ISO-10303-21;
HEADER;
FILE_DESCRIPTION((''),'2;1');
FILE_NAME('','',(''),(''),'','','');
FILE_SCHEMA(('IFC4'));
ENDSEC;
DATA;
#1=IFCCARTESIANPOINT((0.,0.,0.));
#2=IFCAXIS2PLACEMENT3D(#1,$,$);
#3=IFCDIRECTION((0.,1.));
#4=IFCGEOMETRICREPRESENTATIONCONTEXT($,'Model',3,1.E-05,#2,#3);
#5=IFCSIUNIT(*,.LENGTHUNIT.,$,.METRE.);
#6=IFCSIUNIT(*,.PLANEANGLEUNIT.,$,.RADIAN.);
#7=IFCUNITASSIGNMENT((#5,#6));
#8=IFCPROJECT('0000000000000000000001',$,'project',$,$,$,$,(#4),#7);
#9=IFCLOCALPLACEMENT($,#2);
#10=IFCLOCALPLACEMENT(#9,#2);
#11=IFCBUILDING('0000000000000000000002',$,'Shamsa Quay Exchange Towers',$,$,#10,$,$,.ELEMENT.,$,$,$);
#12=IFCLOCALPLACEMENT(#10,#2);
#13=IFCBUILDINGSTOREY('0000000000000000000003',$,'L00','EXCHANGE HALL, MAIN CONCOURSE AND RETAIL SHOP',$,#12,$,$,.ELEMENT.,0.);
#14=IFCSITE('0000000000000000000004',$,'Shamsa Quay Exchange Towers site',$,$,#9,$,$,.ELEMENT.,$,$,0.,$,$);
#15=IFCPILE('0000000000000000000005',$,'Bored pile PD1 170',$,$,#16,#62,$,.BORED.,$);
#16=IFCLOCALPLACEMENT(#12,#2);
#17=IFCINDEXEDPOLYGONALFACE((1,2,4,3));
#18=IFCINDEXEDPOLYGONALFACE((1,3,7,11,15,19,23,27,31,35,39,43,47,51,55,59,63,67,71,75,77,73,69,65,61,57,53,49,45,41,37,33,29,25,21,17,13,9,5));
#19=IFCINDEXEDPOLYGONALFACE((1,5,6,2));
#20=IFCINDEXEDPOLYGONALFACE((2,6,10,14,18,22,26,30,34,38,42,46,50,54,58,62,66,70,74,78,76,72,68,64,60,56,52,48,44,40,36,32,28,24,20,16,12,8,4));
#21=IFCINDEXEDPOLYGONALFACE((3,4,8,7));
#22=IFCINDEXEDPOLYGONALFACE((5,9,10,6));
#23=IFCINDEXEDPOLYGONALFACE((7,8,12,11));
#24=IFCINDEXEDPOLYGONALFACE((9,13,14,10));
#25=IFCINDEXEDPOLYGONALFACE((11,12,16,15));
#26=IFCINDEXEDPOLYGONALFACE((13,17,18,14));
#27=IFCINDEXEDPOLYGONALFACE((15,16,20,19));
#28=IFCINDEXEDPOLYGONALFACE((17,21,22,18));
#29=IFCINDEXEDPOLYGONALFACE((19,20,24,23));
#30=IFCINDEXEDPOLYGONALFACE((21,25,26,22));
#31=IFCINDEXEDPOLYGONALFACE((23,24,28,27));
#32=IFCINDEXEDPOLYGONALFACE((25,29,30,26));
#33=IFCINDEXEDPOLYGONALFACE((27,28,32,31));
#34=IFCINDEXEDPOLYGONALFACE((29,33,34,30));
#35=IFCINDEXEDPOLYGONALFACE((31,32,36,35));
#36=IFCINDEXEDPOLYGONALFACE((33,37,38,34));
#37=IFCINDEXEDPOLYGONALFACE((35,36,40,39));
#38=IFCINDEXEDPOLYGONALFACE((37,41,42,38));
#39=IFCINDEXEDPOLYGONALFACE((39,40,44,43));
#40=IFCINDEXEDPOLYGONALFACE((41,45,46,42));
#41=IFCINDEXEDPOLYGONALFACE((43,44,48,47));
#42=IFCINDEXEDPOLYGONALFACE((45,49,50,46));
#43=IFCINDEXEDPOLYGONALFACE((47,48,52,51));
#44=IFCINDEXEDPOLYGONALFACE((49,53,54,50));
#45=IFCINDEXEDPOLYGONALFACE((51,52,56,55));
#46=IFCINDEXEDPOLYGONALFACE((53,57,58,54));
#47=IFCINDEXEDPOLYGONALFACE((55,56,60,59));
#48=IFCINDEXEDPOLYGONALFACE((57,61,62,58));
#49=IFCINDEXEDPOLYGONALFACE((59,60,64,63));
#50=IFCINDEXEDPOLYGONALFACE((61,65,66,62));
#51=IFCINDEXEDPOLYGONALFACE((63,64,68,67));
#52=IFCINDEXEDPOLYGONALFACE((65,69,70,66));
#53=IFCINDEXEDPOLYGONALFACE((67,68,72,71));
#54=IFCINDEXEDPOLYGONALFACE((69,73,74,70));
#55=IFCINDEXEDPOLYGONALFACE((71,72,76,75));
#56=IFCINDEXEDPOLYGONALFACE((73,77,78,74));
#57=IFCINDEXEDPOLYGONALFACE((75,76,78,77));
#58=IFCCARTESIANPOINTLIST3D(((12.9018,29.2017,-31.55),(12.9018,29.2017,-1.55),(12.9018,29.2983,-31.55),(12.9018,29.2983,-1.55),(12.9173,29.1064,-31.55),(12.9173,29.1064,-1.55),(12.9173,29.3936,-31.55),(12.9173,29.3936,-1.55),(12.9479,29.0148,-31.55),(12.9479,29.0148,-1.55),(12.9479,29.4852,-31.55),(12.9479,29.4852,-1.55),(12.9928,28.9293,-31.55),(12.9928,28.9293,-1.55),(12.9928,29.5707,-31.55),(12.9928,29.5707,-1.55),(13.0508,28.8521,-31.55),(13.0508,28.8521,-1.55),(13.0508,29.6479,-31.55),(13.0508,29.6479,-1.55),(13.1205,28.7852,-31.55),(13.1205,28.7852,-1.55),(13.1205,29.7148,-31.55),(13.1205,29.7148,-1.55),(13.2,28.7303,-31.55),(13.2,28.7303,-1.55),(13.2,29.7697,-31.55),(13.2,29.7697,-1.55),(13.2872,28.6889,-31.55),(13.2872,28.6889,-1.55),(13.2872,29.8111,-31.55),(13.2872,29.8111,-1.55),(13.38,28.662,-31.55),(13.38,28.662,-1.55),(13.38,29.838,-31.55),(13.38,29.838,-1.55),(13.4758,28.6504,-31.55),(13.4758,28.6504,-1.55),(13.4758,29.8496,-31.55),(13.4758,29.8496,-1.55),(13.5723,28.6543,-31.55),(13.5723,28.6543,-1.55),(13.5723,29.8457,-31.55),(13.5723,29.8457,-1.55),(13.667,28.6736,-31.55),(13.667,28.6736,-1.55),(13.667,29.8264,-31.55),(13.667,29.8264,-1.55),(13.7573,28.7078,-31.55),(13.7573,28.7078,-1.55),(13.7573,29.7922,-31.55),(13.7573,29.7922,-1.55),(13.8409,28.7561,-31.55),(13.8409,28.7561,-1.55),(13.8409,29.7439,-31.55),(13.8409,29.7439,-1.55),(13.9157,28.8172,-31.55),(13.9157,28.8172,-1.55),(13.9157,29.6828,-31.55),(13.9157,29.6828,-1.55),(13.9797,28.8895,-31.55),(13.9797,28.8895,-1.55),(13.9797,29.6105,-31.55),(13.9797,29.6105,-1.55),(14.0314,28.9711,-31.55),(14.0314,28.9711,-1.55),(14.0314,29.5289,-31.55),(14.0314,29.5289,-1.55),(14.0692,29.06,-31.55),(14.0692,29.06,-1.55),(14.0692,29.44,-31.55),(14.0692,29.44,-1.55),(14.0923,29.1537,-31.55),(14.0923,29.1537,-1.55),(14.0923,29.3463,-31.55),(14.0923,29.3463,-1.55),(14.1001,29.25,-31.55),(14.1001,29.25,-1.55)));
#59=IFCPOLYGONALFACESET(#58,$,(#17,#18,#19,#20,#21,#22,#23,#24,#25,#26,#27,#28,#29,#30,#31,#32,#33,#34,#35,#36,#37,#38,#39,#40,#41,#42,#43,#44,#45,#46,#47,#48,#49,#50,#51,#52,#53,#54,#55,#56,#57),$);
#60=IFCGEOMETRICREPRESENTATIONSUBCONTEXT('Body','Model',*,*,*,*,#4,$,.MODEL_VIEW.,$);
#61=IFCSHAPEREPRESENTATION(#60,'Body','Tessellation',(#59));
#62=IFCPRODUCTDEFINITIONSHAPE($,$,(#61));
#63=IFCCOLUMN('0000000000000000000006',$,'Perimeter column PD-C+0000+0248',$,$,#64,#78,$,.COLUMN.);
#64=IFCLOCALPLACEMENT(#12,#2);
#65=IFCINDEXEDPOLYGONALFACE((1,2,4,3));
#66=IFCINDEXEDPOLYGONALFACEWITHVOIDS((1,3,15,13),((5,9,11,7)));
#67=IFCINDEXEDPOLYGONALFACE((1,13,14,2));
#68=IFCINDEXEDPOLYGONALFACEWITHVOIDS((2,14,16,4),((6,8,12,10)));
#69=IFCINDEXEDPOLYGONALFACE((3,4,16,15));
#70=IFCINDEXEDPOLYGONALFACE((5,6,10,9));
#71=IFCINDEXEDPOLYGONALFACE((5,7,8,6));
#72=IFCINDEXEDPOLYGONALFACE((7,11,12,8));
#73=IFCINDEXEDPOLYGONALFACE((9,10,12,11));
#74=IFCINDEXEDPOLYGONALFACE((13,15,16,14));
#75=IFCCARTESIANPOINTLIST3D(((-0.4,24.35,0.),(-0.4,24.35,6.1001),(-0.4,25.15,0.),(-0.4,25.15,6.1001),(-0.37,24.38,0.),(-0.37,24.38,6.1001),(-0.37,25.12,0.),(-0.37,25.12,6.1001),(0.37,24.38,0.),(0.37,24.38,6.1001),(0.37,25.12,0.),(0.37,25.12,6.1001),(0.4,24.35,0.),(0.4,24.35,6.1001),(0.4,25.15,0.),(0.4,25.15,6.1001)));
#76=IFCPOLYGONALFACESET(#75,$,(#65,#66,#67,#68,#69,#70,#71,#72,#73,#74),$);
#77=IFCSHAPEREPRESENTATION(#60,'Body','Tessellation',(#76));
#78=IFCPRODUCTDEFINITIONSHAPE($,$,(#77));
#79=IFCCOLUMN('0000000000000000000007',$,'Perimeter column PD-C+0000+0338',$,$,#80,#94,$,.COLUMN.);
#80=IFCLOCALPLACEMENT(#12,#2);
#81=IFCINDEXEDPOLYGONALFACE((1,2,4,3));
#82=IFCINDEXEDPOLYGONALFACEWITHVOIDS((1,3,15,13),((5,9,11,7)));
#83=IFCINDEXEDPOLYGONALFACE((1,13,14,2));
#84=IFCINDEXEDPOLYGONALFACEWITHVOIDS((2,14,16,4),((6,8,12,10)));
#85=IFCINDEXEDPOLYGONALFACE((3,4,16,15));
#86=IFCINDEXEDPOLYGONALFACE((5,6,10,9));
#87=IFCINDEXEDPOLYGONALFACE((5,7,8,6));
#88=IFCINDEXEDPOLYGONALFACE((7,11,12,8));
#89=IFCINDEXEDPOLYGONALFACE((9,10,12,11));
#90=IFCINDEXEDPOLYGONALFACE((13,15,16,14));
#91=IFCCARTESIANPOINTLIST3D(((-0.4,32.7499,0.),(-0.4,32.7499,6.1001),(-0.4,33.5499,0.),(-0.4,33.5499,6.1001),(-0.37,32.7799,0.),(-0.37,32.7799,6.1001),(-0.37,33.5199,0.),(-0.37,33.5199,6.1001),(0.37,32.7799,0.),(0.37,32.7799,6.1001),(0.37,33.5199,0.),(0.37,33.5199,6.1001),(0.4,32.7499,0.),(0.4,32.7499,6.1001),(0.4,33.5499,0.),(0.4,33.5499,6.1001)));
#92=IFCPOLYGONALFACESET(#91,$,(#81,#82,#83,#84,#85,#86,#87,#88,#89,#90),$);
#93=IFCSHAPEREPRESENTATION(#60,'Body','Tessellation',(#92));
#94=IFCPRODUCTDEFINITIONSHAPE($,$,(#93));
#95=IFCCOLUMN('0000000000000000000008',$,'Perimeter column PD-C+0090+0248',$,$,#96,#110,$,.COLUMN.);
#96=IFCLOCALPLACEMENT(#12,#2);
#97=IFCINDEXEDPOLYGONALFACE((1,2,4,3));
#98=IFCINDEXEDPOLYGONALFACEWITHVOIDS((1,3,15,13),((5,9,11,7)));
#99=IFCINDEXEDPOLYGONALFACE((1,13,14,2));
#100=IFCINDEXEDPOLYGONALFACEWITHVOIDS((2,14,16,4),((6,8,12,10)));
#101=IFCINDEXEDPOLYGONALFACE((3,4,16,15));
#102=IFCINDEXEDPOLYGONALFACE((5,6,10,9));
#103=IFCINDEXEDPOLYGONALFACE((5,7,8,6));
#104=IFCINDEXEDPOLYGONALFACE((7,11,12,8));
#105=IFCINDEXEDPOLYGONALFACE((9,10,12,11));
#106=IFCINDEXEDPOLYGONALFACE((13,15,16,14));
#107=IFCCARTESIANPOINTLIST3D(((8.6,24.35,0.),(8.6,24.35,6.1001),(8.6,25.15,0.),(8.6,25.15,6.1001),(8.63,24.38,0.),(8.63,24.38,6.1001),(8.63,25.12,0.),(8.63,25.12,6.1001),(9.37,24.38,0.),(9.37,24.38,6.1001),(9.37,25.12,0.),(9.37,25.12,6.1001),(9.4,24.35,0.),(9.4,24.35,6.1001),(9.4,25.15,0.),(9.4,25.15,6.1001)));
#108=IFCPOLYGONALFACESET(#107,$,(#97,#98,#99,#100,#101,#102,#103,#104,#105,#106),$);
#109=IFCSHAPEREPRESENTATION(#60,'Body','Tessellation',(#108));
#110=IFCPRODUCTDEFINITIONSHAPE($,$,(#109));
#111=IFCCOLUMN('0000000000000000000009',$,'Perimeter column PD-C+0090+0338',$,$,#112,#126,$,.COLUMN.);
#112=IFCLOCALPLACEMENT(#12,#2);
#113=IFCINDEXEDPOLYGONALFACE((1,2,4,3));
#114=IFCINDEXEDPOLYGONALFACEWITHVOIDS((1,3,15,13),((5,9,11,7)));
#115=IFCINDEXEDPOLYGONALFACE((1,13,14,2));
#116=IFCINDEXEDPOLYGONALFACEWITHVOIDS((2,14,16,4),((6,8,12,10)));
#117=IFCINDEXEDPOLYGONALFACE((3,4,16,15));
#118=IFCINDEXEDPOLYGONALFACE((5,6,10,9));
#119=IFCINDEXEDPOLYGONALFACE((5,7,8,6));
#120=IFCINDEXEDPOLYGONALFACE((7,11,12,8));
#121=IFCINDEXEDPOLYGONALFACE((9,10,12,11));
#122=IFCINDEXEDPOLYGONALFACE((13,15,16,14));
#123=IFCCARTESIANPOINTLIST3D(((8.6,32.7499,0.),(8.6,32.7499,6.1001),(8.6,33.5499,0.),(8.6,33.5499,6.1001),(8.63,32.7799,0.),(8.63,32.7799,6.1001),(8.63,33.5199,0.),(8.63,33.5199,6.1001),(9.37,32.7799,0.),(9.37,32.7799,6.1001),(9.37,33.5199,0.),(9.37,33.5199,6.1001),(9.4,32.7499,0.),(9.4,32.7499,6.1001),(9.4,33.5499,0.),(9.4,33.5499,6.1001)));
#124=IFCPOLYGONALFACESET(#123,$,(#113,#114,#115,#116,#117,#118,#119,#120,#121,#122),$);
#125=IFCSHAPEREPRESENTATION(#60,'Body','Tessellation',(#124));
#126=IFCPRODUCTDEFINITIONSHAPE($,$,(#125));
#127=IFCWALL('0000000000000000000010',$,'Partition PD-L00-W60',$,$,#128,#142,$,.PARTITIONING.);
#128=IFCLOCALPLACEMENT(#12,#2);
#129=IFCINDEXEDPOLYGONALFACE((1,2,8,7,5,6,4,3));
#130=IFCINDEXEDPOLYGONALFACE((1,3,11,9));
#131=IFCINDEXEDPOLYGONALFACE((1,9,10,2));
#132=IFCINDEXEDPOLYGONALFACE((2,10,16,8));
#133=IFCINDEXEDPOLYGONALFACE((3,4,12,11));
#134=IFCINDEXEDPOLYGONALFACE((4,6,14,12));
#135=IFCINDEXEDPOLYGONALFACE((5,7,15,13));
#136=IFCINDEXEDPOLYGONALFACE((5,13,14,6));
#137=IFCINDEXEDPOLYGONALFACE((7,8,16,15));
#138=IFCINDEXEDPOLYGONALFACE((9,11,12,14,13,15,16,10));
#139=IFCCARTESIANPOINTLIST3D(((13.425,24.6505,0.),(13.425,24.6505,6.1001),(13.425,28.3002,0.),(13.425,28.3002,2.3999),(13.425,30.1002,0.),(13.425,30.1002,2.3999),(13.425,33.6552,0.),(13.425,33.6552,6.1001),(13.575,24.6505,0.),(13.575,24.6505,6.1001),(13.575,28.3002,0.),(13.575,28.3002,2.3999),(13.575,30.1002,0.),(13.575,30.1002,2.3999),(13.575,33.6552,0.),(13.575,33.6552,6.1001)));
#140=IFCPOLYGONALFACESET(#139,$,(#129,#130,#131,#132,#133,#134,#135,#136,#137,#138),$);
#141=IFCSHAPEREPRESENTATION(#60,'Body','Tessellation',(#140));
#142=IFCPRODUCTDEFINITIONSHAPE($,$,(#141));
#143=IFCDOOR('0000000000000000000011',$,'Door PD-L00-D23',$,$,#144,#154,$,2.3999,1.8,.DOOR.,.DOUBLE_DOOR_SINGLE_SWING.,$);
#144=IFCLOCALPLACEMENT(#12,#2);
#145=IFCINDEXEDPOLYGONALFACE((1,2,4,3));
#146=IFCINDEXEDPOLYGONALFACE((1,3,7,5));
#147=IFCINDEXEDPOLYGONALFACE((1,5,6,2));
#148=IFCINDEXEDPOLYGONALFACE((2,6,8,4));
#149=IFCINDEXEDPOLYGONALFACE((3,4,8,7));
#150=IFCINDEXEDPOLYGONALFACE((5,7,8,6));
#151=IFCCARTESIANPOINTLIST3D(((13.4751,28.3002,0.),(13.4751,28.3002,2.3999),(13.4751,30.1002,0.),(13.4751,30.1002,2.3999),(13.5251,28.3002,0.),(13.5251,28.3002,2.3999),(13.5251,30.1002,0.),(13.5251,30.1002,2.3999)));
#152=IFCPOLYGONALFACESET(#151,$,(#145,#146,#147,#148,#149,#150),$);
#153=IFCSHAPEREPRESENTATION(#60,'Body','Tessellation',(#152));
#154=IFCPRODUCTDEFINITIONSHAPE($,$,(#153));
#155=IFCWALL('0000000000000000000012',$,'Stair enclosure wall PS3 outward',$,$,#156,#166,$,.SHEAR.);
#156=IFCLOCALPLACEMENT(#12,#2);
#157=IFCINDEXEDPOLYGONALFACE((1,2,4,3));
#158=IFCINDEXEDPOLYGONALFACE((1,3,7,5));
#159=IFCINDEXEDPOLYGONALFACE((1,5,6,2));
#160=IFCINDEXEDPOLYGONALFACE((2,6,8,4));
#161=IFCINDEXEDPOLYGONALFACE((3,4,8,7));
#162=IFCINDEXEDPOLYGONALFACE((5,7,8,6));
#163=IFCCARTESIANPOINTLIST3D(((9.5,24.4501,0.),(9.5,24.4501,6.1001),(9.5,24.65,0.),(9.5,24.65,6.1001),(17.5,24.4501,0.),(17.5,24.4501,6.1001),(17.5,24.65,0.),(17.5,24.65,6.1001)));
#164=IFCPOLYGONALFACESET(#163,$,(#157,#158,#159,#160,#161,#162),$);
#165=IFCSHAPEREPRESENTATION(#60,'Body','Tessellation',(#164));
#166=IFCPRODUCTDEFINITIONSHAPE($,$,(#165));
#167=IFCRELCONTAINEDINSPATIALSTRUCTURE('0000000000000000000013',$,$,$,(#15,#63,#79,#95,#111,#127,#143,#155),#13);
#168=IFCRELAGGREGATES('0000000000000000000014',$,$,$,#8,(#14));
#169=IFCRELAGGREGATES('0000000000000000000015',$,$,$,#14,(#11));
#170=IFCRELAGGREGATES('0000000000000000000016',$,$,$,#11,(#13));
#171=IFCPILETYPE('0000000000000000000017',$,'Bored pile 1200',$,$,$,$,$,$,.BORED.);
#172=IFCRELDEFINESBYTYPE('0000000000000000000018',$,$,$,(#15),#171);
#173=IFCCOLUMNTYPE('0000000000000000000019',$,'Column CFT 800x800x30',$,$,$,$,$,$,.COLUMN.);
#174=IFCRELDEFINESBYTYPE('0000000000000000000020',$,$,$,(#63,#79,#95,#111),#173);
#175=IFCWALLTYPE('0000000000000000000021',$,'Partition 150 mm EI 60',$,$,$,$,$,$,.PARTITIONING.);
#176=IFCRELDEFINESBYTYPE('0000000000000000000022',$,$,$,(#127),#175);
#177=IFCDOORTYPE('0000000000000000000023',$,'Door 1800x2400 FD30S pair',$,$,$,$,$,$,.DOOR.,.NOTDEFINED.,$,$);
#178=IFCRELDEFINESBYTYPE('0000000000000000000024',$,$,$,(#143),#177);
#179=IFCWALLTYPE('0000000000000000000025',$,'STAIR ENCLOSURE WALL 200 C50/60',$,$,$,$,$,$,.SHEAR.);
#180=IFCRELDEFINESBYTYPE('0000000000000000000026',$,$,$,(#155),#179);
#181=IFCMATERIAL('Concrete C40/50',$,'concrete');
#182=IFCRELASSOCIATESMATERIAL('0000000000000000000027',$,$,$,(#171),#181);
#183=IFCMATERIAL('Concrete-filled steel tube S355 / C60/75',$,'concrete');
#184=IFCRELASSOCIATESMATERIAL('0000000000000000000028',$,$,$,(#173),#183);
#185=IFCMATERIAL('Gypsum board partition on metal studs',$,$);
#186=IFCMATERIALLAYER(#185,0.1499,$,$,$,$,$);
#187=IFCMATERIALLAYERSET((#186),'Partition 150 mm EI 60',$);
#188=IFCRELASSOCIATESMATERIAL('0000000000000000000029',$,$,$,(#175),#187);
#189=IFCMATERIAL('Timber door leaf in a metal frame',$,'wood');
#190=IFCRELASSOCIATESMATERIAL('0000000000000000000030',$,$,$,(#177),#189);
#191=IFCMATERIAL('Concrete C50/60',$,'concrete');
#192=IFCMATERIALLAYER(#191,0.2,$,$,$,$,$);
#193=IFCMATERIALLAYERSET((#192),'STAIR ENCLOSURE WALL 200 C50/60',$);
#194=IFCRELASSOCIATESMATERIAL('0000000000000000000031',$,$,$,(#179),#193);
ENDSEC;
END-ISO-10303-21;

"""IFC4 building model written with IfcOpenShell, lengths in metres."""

from ifc_helpers import new_model, si_unit, direction, frame, frame_2d, origin, origin_2d, place, context, subcontext, project, spatial, rectangle, hollow_rectangle, circle, extrude, material, layer, layer_set, material_profile, profile_set, type_object, element, fill, save


model = new_model("IFC4")

# Units and contexts
model_context = context("Model", 3, precision=1e-05, world=origin(), true_north=direction((0.0, 1.0)))
body_context = subcontext(model_context, "Body", "Model", "MODEL_VIEW")
ifc_project = project(units=[si_unit("LENGTHUNIT", "METRE"), si_unit("PLANEANGLEUNIT", "RADIAN")], contexts=[model_context])

# Site, building, storey
site_placement = place(None, origin())
site = spatial("IfcSite", under=ifc_project, at=site_placement, Name="Shamsa Quay Exchange Towers site", CompositionType="ELEMENT", RefElevation=0.0)
building_placement = place(site_placement, origin())
building = spatial("IfcBuilding", under=site, at=building_placement, Name="Shamsa Quay Exchange Towers", CompositionType="ELEMENT")
storey_placement = place(building_placement, origin())
storey = spatial("IfcBuildingStorey", under=building, at=storey_placement, Name="L00", Description="EXCHANGE HALL, MAIN CONCOURSE AND RETAIL SHOP", CompositionType="ELEMENT", Elevation=0.0)

# Pile
ifc_material_1 = material(Name="Concrete C40/50", Category="concrete")
ifc_material_profile_1 = material_profile(ifc_material_1, circle(Radius=0.6001, at=origin_2d()), Name="BP1200")
ifc_profile_set_1 = profile_set([ifc_material_profile_1], Name="Concrete C40/50")
pile_type = type_object("IfcPileType", Name="Bored pile 1200", PredefinedType="BORED", material=ifc_profile_set_1)
for number, where, z_axis, x_axis, name in (
    (1, (13.5, 29.25, -1.55), (0.0, 0.0, -1.0), (1.0, 0.0, 0.0), "Bored pile PD1 170"),
):
    element("IfcPile", number, at=place(storey_placement, frame(where, z_axis=z_axis, x_axis=x_axis)), inside=storey, type_object=pile_type, Name=name, PredefinedType="BORED", context=body_context, shape_type="SweptSolid", body=[
        extrude(circle(Radius=0.6001, at=origin_2d()), origin(), (0.0, 0.0, 1.0), 30.0),
    ])

# Columns
ifc_material_2 = material(Name="Concrete-filled steel tube S355 / C60/75", Category="concrete")
ifc_material_profile_2 = material_profile(ifc_material_2, hollow_rectangle(XDim=0.8, YDim=0.8, WallThickness=0.03, at=origin_2d()), Name="CFT 800x800x30")
ifc_profile_set_2 = profile_set([ifc_material_profile_2], Name="Concrete-filled steel tube S355 / C60/75")
column_type = type_object("IfcColumnType", Name="Column CFT 800x800x30", PredefinedType="COLUMN", material=ifc_profile_set_2)
for number, where, name in (
    (2, (0.0, 24.75, 0.0), "Perimeter column PD-C+0000+0248"),
    (3, (0.0, 33.1499, 0.0), "Perimeter column PD-C+0000+0338"),
    (4, (9.0, 24.75, 0.0), "Perimeter column PD-C+0090+0248"),
    (5, (9.0, 33.1499, 0.0), "Perimeter column PD-C+0090+0338"),
):
    element("IfcColumn", number, at=place(storey_placement, frame(where)), inside=storey, type_object=column_type, Name=name, PredefinedType="COLUMN", context=body_context, shape_type="SweptSolid", body=[
        extrude(hollow_rectangle(XDim=0.8, YDim=0.8, WallThickness=0.03, at=origin_2d()), origin(), (0.0, 0.0, 1.0), 6.1001),
    ])

# Wall, opening, door
ifc_material_3 = material(Name="Gypsum board partition on metal studs")
ifc_layer_1 = layer(ifc_material_3, 0.1499)
ifc_layer_set_1 = layer_set([ifc_layer_1], Name="Partition 150 mm EI 60")
wall_type_1 = type_object("IfcWallType", Name="Partition 150 mm EI 60", PredefinedType="PARTITIONING", material=ifc_layer_set_1)
wall_1_placement = place(storey_placement, frame((13.5, 24.6504, 0.0), z_axis=(0.0, 0.0, 1.0), x_axis=(0.0, 1.0, 0.0)))
wall_1 = element("IfcWall", 6, at=wall_1_placement, inside=storey, type_object=wall_type_1, Name="Partition PD-L00-W60", PredefinedType="PARTITIONING", context=body_context, shape_type="SweptSolid", body=[
    extrude(rectangle(XDim=9.0046, YDim=0.1499, at=frame_2d((4.5024, 0.0))), origin(), (0.0, 0.0, 1.0), 6.1001),
])
opening_placement = place(wall_1_placement, frame((3.6499, 0.0, 0.0)))
opening = element("IfcOpeningElement", 7, at=opening_placement, cuts=wall_1, PredefinedType="OPENING", context=body_context, shape_type="SweptSolid", body=[
    extrude(rectangle(XDim=1.8, YDim=2.3999, at=frame_2d((0.8999, 1.2))), frame((0.0, 0.085, 0.0), z_axis=(0.0, -1.0, 0.0), x_axis=(1.0, 0.0, 0.0)), (0.0, 0.0, 1.0), 0.1699),
])
ifc_material_4 = material(Name="Timber door leaf in a metal frame", Category="wood")
door_type = type_object("IfcDoorType", Name="Door 1800x2400 FD30S pair", OperationType="NOTDEFINED", PredefinedType="DOOR", material=ifc_material_4)
door_placement = place(opening_placement, origin())
door = element("IfcDoor", 8, at=door_placement, inside=storey, type_object=door_type, Name="Door PD-L00-D23", OperationType="DOUBLE_DOOR_SINGLE_SWING", OverallHeight=2.3999, OverallWidth=1.8, PredefinedType="DOOR", context=body_context, shape_type="SweptSolid", body=[
    extrude(rectangle(XDim=1.8, YDim=2.3999, at=frame_2d((0.8999, 1.2))), frame((0.0, 0.0249, 0.0), z_axis=(0.0, -1.0, 0.0), x_axis=(1.0, 0.0, 0.0)), (0.0, 0.0, 1.0), 0.05),
])
fill(opening, door)

# Wall
ifc_material_5 = material(Name="Concrete C50/60", Category="concrete")
ifc_layer_2 = layer(ifc_material_5, 0.2)
ifc_layer_set_2 = layer_set([ifc_layer_2], Name="STAIR ENCLOSURE WALL 200 C50/60")
wall_type_2 = type_object("IfcWallType", Name="STAIR ENCLOSURE WALL 200 C50/60", PredefinedType="SHEAR", material=ifc_layer_set_2)
wall_2_placement = place(storey_placement, frame((9.5, 24.55, 0.0)))
element("IfcWall", 9, at=wall_2_placement, inside=storey, type_object=wall_type_2, Name="Stair enclosure wall PS3 outward", PredefinedType="SHEAR", context=body_context, shape_type="SweptSolid", body=[
    extrude(rectangle(XDim=8.0, YDim=0.2, at=frame_2d((4.0, 0.0))), origin(), (0.0, 0.0, 1.0), 6.1001),
])

save(model, "model.ifc")
